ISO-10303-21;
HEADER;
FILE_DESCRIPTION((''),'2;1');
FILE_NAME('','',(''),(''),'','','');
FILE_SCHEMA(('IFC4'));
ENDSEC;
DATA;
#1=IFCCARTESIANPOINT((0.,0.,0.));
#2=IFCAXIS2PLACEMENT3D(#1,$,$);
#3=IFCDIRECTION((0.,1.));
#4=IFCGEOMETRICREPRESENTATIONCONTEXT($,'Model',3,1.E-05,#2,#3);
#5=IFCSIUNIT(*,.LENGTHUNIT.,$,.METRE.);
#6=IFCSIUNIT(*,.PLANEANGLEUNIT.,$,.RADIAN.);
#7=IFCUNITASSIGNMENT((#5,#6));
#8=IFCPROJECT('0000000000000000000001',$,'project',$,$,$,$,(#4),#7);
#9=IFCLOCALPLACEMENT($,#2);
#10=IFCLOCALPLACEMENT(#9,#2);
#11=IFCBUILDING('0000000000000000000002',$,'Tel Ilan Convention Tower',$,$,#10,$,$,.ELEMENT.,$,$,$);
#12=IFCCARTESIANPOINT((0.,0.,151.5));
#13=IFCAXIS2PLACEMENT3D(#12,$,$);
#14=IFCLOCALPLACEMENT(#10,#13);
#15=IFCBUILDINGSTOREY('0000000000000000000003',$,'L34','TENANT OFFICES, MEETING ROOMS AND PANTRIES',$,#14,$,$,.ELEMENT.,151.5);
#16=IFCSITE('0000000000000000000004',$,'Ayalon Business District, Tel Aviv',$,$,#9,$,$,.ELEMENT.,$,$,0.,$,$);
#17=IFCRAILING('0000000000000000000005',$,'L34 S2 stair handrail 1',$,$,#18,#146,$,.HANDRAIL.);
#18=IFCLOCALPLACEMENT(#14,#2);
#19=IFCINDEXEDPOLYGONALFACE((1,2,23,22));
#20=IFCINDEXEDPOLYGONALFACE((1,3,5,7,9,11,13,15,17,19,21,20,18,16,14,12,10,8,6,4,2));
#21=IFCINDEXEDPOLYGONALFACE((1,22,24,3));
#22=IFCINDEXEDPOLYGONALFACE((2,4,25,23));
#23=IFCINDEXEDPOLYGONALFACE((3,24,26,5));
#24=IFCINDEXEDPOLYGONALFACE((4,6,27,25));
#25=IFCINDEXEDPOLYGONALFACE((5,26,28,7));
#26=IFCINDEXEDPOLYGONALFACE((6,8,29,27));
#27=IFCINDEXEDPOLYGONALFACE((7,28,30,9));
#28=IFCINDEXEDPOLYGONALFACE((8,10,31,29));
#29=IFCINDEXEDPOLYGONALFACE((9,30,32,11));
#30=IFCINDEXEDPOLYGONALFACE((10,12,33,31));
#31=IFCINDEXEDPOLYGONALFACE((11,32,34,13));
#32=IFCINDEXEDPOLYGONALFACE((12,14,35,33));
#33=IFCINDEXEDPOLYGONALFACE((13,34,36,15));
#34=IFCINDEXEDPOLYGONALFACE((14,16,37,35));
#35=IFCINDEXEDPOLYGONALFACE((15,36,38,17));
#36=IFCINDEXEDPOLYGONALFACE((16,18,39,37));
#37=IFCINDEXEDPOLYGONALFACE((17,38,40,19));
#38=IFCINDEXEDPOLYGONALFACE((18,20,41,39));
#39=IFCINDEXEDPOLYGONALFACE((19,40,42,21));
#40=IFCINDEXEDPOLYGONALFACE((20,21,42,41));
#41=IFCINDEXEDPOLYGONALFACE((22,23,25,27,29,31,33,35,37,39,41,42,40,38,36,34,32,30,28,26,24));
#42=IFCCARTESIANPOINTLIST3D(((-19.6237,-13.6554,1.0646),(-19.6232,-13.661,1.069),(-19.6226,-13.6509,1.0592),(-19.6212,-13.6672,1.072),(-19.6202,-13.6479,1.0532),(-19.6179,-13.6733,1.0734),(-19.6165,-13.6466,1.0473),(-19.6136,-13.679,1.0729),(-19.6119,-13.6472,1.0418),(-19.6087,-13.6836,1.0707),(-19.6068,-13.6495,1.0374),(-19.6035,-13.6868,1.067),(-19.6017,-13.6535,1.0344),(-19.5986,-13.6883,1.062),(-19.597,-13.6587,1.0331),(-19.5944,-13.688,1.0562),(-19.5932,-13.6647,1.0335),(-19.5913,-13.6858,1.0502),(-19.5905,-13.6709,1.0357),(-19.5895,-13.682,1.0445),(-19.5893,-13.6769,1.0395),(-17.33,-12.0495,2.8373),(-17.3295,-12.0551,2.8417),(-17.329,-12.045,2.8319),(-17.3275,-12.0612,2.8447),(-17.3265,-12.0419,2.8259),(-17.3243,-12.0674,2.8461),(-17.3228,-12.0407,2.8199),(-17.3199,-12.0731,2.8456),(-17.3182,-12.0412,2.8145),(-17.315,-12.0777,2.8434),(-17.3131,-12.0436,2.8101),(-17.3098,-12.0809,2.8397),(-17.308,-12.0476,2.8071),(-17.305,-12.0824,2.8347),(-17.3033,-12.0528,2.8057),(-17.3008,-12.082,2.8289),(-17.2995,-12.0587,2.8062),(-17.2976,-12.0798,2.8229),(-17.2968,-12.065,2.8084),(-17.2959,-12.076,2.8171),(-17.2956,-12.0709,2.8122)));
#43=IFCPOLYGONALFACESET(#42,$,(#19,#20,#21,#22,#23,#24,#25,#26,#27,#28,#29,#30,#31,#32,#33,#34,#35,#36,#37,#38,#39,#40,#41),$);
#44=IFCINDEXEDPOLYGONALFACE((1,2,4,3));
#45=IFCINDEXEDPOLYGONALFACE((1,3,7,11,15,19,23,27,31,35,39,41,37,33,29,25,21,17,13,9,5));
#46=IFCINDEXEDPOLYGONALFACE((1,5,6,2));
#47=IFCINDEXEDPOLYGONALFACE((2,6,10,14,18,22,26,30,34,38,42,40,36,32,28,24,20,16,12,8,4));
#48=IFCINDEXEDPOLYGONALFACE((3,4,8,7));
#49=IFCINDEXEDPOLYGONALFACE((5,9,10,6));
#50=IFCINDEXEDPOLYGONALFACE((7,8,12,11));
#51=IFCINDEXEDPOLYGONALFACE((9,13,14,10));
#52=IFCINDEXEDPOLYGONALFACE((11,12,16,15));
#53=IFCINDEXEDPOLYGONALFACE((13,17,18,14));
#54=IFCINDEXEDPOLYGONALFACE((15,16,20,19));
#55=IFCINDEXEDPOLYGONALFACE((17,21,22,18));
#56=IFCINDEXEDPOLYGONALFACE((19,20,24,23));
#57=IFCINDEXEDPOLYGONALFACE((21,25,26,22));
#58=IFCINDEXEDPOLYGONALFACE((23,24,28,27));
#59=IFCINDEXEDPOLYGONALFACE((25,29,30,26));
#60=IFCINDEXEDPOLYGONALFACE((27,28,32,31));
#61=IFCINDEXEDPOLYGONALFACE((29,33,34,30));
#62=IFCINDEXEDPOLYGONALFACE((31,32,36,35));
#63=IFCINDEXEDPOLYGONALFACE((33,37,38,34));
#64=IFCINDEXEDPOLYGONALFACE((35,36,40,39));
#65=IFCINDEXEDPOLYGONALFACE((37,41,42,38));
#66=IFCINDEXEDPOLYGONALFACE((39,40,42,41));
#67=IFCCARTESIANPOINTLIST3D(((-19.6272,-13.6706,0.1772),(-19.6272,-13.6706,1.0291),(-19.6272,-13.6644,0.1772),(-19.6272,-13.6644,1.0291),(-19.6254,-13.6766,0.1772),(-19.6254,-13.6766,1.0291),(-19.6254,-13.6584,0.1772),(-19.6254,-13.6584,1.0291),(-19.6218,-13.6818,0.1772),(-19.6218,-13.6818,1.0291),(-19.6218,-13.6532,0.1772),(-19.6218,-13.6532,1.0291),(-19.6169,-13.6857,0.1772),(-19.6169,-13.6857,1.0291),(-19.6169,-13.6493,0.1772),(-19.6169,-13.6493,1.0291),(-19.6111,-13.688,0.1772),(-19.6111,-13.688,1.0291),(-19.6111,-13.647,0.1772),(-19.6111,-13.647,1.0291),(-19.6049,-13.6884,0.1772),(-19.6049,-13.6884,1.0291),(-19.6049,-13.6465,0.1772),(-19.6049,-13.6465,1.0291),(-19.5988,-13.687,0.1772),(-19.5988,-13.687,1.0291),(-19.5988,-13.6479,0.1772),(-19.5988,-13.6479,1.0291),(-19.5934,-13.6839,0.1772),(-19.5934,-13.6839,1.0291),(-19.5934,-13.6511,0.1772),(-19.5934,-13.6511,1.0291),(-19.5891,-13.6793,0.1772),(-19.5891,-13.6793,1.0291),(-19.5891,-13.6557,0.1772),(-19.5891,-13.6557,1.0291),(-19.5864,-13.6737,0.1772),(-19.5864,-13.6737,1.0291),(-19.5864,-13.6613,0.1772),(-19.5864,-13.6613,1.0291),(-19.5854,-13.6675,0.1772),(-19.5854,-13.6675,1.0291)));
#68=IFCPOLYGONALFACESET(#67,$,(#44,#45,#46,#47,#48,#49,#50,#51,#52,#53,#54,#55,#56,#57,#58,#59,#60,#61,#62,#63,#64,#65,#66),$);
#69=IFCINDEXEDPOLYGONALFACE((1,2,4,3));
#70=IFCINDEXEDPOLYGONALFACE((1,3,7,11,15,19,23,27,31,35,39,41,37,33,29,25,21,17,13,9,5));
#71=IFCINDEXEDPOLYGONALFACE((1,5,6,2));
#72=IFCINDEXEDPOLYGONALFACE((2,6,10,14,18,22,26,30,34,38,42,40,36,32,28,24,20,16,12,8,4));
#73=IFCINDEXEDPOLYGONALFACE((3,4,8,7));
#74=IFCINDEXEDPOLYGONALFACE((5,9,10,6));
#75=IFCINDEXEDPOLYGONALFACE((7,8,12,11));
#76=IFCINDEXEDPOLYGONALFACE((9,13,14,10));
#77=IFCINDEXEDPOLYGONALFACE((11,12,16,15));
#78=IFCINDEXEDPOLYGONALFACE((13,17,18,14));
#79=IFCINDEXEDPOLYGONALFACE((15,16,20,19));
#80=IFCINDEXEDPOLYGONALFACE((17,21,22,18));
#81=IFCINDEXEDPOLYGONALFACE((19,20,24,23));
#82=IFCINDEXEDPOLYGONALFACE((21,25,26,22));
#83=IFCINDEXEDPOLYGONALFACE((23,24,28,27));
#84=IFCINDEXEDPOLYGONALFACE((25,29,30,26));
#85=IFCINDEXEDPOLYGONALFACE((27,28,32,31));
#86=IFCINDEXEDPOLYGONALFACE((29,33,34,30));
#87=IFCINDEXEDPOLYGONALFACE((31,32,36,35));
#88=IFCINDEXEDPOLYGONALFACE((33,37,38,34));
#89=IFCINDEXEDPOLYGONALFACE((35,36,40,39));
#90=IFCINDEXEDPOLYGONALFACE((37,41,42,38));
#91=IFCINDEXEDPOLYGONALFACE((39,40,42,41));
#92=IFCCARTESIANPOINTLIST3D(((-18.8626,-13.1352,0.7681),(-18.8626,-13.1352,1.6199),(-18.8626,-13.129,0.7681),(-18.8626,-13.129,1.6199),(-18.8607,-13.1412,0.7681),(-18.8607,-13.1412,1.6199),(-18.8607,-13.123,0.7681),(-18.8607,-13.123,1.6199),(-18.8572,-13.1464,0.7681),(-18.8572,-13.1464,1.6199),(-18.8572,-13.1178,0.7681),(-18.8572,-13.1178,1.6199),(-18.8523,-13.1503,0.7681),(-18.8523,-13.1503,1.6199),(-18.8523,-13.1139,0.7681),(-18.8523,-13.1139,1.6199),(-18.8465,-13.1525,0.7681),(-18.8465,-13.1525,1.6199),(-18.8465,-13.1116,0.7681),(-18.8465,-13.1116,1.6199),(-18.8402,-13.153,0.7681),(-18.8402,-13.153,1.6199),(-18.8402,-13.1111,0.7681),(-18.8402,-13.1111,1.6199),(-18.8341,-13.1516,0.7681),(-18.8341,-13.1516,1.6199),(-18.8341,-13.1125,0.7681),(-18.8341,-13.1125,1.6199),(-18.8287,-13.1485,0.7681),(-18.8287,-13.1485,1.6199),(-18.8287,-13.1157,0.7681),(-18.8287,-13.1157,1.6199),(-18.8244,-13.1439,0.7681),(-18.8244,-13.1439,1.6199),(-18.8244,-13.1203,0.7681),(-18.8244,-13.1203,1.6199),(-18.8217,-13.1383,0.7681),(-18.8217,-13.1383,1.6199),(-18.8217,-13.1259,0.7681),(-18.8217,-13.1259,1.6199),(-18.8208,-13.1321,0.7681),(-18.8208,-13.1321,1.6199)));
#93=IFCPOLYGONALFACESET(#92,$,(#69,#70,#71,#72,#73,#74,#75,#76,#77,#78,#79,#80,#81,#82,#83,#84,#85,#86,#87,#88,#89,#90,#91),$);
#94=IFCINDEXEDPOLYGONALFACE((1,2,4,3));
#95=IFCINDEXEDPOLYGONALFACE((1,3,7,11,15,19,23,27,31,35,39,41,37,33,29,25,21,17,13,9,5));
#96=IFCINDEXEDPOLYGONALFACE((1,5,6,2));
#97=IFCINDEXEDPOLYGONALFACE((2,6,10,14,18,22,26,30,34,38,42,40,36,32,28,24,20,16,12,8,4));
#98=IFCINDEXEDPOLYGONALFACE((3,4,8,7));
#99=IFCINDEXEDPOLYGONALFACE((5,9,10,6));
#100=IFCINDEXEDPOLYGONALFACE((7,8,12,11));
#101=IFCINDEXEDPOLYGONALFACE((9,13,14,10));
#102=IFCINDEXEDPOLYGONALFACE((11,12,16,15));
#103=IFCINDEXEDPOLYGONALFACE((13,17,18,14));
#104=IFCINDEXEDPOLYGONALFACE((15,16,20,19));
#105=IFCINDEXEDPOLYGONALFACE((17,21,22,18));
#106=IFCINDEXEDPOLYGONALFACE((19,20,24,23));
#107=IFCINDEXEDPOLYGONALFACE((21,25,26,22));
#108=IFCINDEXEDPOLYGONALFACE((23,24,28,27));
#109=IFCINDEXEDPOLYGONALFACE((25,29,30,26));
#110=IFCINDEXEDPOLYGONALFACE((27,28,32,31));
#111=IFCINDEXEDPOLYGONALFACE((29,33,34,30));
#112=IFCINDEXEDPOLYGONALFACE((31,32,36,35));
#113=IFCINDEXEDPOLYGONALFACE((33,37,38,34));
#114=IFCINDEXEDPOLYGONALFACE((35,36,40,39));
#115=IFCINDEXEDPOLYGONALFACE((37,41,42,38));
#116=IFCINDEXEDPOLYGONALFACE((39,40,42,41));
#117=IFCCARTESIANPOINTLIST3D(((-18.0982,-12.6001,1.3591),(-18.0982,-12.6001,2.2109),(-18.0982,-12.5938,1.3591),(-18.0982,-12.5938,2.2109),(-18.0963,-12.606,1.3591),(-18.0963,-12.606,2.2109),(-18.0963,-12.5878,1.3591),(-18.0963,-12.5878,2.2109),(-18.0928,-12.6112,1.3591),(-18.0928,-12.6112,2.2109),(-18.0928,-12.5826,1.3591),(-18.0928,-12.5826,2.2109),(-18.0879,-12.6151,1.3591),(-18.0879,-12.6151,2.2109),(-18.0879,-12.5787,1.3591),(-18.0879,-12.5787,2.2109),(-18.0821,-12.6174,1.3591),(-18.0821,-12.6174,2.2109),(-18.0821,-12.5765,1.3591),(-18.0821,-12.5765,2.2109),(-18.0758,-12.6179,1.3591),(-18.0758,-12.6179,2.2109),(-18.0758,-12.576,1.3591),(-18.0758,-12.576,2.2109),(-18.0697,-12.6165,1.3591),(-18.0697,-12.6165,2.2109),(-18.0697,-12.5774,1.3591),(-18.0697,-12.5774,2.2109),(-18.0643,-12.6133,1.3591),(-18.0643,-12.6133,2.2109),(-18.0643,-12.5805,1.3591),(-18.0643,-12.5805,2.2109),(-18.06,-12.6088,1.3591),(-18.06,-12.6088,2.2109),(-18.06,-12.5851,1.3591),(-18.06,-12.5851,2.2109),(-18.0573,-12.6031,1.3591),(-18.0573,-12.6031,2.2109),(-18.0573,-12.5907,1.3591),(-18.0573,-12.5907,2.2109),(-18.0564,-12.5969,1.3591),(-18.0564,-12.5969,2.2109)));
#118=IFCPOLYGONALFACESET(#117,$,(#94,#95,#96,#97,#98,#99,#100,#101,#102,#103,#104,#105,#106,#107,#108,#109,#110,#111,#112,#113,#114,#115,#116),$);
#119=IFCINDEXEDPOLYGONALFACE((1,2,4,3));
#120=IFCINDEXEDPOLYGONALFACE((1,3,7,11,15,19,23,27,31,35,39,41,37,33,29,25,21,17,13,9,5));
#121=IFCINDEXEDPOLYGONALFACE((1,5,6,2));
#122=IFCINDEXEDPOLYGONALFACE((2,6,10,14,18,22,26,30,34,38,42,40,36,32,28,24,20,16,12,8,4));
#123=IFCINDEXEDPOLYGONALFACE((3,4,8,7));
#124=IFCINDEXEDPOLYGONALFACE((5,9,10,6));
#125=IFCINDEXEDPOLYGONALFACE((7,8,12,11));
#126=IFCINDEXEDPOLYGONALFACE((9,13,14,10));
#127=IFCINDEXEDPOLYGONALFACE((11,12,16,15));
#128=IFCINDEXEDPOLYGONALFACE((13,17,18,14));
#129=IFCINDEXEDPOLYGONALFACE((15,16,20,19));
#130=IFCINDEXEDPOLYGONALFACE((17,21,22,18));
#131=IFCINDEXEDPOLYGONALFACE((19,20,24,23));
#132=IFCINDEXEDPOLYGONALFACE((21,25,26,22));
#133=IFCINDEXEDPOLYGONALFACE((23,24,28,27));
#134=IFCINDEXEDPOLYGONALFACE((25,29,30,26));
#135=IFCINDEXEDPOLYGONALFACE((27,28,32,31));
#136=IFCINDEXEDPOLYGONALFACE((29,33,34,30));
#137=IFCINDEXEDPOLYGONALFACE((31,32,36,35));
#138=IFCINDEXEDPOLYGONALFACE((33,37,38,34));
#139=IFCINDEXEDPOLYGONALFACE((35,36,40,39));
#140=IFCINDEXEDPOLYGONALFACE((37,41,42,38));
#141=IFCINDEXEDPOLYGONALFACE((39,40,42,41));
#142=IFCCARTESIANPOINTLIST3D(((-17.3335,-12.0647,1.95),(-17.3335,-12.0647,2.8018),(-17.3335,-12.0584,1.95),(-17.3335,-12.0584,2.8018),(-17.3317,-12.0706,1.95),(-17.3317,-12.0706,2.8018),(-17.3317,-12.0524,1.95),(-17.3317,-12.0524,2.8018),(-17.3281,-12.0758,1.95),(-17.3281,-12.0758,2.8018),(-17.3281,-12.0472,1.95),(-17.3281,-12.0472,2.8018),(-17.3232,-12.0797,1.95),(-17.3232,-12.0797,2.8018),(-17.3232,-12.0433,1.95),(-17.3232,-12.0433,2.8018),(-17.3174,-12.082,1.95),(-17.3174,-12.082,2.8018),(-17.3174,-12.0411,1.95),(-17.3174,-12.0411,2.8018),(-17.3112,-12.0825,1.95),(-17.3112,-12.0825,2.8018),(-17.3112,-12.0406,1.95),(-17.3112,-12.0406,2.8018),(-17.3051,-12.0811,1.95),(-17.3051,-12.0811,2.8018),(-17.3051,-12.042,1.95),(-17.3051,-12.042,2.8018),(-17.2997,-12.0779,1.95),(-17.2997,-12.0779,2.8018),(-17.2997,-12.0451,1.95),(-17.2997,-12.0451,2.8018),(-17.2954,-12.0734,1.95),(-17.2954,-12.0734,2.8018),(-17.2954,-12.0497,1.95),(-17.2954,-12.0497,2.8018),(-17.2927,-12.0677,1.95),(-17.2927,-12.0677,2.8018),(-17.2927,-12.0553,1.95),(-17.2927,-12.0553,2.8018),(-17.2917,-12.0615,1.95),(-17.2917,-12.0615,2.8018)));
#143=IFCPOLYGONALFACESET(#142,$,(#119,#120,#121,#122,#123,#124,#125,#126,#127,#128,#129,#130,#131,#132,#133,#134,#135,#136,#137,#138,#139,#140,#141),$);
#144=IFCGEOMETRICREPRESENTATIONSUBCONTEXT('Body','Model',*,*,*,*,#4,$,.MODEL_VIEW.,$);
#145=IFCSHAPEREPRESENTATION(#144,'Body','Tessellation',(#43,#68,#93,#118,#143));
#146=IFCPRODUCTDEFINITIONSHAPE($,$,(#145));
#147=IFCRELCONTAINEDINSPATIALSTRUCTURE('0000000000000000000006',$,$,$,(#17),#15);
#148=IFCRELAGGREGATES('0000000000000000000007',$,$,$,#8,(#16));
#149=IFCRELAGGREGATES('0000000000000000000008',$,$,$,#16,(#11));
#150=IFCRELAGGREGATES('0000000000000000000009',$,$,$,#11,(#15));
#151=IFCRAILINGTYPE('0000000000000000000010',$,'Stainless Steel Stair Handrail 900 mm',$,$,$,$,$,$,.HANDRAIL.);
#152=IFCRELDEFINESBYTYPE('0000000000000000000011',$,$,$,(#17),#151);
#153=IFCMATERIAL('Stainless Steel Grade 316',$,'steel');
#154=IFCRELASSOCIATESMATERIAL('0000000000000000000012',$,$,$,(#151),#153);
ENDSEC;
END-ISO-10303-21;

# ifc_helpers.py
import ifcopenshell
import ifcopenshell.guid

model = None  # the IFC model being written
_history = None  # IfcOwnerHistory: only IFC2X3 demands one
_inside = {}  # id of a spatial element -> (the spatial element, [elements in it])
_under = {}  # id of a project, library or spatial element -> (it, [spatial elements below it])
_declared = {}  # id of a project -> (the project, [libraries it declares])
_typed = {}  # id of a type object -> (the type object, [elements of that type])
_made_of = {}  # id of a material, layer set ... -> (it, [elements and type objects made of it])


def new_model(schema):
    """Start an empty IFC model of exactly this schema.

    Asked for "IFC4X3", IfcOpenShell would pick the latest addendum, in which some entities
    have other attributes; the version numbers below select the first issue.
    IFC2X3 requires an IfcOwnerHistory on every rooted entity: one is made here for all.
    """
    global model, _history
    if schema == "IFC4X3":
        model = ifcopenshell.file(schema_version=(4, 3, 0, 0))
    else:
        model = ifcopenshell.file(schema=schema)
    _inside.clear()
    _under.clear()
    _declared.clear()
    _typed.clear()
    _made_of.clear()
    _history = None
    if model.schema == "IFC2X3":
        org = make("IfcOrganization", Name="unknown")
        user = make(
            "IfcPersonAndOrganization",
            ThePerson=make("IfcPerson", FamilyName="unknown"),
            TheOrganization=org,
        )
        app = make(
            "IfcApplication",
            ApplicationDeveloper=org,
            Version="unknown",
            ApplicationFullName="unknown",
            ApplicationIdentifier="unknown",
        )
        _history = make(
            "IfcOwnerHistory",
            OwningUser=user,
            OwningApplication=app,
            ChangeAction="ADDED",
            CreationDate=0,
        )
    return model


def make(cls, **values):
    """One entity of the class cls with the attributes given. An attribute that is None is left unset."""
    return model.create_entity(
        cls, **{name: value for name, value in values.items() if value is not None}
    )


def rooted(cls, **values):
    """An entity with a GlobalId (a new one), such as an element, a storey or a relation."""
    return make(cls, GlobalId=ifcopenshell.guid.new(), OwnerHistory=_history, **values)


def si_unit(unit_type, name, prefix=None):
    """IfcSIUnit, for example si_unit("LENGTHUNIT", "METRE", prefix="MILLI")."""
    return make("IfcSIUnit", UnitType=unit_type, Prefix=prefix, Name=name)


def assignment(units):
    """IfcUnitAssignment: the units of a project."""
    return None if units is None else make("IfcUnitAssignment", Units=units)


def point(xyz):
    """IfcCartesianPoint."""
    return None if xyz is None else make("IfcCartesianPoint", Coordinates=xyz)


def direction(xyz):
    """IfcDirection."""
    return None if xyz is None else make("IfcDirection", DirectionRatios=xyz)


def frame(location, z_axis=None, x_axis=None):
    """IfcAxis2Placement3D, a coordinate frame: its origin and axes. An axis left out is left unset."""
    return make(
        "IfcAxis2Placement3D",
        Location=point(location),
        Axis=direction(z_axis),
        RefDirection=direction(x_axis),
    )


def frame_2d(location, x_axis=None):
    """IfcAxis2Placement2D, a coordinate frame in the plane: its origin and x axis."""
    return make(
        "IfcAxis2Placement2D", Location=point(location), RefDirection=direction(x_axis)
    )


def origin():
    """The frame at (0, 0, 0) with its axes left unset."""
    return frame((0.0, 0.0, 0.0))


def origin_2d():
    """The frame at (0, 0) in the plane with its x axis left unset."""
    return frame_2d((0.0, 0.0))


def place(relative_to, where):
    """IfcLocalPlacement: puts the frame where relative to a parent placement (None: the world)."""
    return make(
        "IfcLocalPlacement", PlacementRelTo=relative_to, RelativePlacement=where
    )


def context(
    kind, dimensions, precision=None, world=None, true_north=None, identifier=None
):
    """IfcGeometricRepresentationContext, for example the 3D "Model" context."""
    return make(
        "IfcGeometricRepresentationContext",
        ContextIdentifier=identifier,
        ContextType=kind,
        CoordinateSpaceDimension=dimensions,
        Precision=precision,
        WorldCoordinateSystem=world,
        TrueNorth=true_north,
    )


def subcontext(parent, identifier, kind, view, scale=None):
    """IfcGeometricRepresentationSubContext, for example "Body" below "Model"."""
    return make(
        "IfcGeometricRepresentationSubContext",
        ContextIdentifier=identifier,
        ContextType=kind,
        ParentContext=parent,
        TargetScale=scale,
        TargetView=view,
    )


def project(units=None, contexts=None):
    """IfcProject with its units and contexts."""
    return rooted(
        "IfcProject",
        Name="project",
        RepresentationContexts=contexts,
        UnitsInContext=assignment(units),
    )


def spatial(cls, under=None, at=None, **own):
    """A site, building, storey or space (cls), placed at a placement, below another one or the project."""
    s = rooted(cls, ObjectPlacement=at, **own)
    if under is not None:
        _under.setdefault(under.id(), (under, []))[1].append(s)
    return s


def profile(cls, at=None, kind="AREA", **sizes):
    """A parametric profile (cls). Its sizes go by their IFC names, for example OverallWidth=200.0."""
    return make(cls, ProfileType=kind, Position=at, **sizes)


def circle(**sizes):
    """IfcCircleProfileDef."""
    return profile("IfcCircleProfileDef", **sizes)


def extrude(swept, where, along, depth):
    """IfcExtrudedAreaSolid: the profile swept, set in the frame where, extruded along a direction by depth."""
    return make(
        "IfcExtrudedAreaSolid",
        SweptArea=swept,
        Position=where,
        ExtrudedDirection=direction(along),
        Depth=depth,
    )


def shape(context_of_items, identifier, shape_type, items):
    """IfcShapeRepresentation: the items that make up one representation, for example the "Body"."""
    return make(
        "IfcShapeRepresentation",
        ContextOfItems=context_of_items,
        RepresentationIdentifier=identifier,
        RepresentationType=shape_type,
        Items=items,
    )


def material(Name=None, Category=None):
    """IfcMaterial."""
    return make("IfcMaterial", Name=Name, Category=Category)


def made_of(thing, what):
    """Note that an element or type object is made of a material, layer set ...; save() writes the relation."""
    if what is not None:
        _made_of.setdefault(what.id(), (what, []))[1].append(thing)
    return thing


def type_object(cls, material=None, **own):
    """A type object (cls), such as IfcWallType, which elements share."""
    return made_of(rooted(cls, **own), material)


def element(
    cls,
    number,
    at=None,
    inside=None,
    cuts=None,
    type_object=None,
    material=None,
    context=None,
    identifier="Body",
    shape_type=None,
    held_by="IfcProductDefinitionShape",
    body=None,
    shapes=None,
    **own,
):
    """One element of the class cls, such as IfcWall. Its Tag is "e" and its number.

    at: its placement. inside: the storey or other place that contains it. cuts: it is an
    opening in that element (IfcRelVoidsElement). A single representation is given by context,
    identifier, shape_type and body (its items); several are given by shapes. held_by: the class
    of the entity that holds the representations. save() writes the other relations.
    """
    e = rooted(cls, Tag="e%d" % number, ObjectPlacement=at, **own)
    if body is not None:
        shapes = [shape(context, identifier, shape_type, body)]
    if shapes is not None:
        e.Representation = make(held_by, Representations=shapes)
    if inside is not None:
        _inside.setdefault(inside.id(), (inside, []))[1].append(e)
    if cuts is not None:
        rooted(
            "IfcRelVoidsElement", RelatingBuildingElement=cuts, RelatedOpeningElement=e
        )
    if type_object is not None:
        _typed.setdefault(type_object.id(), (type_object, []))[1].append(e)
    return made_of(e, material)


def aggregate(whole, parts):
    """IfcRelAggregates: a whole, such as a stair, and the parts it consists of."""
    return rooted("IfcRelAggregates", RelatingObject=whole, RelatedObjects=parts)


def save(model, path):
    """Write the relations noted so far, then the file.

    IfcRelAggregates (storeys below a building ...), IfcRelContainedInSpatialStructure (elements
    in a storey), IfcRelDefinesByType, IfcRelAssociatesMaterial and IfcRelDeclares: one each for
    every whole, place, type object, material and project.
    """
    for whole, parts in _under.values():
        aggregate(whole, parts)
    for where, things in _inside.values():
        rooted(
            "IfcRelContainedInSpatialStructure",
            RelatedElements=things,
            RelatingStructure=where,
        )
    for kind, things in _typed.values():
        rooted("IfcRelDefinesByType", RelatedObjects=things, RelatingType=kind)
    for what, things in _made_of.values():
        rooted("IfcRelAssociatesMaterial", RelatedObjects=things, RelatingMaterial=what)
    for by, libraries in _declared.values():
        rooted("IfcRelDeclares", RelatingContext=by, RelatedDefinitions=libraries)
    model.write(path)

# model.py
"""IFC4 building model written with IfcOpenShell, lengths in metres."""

from ifc_helpers import new_model, si_unit, direction, frame, origin, origin_2d, place, context, subcontext, project, spatial, circle, extrude, material, type_object, element, save


model = new_model("IFC4")

# Units and contexts
model_context = context("Model", 3, precision=1e-05, world=origin(), true_north=direction((0.0, 1.0)))
body_context = subcontext(model_context, "Body", "Model", "MODEL_VIEW")
ifc_project = project(units=[si_unit("LENGTHUNIT", "METRE"), si_unit("PLANEANGLEUNIT", "RADIAN")], contexts=[model_context])

# Site, building, storey
site_placement = place(None, origin())
site = spatial("IfcSite", under=ifc_project, at=site_placement, Name="Ayalon Business District, Tel Aviv", CompositionType="ELEMENT", RefElevation=0.0)
building_placement = place(site_placement, origin())
building = spatial("IfcBuilding", under=site, at=building_placement, Name="Tel Ilan Convention Tower", CompositionType="ELEMENT")
storey_placement = place(building_placement, frame((0.0, 0.0, 151.5)))
storey = spatial("IfcBuildingStorey", under=building, at=storey_placement, Name="L34", Description="TENANT OFFICES, MEETING ROOMS AND PANTRIES", CompositionType="ELEMENT", Elevation=151.5)

# Railing
ifc_material_1 = material(Name="Stainless Steel Grade 316", Category="steel")
railing_type_1 = type_object("IfcRailingType", Name="Stainless Steel Stair Handrail 900 mm", PredefinedType="HANDRAIL", material=ifc_material_1)
railing_1_placement = place(storey_placement, frame((-19.6064, -13.6675, 0.1772)))
element("IfcRailing", 1, at=railing_1_placement, inside=storey, type_object=railing_type_1, Name="L34 S2 stair handrail 1", PredefinedType="HANDRAIL", context=body_context, shape_type="SweptSolid", body=[
    extrude(circle(Radius=0.0239, at=origin_2d()), frame((0.0, 0.0, 0.876), z_axis=(0.692123, 0.484597, 0.534913), x_axis=(-0.57355, 0.81917, 0.0)), (0.0, 0.0, 1.0), 3.314),
    extrude(circle(Radius=0.021, at=origin_2d()), origin(), (0.0, 0.0, 1.0), 0.8518),
    extrude(circle(Radius=0.021, at=origin_2d()), frame((0.7646, 0.5354, 0.5908)), (0.0, 0.0, 1.0), 0.8518),
    extrude(circle(Radius=0.021, at=origin_2d()), frame((1.5291, 1.0706, 1.1819)), (0.0, 0.0, 1.0), 0.8518),
    extrude(circle(Radius=0.021, at=origin_2d()), frame((2.2937, 1.606, 1.7727)), (0.0, 0.0, 1.0), 0.8518),
])

save(model, "model.ifc")
